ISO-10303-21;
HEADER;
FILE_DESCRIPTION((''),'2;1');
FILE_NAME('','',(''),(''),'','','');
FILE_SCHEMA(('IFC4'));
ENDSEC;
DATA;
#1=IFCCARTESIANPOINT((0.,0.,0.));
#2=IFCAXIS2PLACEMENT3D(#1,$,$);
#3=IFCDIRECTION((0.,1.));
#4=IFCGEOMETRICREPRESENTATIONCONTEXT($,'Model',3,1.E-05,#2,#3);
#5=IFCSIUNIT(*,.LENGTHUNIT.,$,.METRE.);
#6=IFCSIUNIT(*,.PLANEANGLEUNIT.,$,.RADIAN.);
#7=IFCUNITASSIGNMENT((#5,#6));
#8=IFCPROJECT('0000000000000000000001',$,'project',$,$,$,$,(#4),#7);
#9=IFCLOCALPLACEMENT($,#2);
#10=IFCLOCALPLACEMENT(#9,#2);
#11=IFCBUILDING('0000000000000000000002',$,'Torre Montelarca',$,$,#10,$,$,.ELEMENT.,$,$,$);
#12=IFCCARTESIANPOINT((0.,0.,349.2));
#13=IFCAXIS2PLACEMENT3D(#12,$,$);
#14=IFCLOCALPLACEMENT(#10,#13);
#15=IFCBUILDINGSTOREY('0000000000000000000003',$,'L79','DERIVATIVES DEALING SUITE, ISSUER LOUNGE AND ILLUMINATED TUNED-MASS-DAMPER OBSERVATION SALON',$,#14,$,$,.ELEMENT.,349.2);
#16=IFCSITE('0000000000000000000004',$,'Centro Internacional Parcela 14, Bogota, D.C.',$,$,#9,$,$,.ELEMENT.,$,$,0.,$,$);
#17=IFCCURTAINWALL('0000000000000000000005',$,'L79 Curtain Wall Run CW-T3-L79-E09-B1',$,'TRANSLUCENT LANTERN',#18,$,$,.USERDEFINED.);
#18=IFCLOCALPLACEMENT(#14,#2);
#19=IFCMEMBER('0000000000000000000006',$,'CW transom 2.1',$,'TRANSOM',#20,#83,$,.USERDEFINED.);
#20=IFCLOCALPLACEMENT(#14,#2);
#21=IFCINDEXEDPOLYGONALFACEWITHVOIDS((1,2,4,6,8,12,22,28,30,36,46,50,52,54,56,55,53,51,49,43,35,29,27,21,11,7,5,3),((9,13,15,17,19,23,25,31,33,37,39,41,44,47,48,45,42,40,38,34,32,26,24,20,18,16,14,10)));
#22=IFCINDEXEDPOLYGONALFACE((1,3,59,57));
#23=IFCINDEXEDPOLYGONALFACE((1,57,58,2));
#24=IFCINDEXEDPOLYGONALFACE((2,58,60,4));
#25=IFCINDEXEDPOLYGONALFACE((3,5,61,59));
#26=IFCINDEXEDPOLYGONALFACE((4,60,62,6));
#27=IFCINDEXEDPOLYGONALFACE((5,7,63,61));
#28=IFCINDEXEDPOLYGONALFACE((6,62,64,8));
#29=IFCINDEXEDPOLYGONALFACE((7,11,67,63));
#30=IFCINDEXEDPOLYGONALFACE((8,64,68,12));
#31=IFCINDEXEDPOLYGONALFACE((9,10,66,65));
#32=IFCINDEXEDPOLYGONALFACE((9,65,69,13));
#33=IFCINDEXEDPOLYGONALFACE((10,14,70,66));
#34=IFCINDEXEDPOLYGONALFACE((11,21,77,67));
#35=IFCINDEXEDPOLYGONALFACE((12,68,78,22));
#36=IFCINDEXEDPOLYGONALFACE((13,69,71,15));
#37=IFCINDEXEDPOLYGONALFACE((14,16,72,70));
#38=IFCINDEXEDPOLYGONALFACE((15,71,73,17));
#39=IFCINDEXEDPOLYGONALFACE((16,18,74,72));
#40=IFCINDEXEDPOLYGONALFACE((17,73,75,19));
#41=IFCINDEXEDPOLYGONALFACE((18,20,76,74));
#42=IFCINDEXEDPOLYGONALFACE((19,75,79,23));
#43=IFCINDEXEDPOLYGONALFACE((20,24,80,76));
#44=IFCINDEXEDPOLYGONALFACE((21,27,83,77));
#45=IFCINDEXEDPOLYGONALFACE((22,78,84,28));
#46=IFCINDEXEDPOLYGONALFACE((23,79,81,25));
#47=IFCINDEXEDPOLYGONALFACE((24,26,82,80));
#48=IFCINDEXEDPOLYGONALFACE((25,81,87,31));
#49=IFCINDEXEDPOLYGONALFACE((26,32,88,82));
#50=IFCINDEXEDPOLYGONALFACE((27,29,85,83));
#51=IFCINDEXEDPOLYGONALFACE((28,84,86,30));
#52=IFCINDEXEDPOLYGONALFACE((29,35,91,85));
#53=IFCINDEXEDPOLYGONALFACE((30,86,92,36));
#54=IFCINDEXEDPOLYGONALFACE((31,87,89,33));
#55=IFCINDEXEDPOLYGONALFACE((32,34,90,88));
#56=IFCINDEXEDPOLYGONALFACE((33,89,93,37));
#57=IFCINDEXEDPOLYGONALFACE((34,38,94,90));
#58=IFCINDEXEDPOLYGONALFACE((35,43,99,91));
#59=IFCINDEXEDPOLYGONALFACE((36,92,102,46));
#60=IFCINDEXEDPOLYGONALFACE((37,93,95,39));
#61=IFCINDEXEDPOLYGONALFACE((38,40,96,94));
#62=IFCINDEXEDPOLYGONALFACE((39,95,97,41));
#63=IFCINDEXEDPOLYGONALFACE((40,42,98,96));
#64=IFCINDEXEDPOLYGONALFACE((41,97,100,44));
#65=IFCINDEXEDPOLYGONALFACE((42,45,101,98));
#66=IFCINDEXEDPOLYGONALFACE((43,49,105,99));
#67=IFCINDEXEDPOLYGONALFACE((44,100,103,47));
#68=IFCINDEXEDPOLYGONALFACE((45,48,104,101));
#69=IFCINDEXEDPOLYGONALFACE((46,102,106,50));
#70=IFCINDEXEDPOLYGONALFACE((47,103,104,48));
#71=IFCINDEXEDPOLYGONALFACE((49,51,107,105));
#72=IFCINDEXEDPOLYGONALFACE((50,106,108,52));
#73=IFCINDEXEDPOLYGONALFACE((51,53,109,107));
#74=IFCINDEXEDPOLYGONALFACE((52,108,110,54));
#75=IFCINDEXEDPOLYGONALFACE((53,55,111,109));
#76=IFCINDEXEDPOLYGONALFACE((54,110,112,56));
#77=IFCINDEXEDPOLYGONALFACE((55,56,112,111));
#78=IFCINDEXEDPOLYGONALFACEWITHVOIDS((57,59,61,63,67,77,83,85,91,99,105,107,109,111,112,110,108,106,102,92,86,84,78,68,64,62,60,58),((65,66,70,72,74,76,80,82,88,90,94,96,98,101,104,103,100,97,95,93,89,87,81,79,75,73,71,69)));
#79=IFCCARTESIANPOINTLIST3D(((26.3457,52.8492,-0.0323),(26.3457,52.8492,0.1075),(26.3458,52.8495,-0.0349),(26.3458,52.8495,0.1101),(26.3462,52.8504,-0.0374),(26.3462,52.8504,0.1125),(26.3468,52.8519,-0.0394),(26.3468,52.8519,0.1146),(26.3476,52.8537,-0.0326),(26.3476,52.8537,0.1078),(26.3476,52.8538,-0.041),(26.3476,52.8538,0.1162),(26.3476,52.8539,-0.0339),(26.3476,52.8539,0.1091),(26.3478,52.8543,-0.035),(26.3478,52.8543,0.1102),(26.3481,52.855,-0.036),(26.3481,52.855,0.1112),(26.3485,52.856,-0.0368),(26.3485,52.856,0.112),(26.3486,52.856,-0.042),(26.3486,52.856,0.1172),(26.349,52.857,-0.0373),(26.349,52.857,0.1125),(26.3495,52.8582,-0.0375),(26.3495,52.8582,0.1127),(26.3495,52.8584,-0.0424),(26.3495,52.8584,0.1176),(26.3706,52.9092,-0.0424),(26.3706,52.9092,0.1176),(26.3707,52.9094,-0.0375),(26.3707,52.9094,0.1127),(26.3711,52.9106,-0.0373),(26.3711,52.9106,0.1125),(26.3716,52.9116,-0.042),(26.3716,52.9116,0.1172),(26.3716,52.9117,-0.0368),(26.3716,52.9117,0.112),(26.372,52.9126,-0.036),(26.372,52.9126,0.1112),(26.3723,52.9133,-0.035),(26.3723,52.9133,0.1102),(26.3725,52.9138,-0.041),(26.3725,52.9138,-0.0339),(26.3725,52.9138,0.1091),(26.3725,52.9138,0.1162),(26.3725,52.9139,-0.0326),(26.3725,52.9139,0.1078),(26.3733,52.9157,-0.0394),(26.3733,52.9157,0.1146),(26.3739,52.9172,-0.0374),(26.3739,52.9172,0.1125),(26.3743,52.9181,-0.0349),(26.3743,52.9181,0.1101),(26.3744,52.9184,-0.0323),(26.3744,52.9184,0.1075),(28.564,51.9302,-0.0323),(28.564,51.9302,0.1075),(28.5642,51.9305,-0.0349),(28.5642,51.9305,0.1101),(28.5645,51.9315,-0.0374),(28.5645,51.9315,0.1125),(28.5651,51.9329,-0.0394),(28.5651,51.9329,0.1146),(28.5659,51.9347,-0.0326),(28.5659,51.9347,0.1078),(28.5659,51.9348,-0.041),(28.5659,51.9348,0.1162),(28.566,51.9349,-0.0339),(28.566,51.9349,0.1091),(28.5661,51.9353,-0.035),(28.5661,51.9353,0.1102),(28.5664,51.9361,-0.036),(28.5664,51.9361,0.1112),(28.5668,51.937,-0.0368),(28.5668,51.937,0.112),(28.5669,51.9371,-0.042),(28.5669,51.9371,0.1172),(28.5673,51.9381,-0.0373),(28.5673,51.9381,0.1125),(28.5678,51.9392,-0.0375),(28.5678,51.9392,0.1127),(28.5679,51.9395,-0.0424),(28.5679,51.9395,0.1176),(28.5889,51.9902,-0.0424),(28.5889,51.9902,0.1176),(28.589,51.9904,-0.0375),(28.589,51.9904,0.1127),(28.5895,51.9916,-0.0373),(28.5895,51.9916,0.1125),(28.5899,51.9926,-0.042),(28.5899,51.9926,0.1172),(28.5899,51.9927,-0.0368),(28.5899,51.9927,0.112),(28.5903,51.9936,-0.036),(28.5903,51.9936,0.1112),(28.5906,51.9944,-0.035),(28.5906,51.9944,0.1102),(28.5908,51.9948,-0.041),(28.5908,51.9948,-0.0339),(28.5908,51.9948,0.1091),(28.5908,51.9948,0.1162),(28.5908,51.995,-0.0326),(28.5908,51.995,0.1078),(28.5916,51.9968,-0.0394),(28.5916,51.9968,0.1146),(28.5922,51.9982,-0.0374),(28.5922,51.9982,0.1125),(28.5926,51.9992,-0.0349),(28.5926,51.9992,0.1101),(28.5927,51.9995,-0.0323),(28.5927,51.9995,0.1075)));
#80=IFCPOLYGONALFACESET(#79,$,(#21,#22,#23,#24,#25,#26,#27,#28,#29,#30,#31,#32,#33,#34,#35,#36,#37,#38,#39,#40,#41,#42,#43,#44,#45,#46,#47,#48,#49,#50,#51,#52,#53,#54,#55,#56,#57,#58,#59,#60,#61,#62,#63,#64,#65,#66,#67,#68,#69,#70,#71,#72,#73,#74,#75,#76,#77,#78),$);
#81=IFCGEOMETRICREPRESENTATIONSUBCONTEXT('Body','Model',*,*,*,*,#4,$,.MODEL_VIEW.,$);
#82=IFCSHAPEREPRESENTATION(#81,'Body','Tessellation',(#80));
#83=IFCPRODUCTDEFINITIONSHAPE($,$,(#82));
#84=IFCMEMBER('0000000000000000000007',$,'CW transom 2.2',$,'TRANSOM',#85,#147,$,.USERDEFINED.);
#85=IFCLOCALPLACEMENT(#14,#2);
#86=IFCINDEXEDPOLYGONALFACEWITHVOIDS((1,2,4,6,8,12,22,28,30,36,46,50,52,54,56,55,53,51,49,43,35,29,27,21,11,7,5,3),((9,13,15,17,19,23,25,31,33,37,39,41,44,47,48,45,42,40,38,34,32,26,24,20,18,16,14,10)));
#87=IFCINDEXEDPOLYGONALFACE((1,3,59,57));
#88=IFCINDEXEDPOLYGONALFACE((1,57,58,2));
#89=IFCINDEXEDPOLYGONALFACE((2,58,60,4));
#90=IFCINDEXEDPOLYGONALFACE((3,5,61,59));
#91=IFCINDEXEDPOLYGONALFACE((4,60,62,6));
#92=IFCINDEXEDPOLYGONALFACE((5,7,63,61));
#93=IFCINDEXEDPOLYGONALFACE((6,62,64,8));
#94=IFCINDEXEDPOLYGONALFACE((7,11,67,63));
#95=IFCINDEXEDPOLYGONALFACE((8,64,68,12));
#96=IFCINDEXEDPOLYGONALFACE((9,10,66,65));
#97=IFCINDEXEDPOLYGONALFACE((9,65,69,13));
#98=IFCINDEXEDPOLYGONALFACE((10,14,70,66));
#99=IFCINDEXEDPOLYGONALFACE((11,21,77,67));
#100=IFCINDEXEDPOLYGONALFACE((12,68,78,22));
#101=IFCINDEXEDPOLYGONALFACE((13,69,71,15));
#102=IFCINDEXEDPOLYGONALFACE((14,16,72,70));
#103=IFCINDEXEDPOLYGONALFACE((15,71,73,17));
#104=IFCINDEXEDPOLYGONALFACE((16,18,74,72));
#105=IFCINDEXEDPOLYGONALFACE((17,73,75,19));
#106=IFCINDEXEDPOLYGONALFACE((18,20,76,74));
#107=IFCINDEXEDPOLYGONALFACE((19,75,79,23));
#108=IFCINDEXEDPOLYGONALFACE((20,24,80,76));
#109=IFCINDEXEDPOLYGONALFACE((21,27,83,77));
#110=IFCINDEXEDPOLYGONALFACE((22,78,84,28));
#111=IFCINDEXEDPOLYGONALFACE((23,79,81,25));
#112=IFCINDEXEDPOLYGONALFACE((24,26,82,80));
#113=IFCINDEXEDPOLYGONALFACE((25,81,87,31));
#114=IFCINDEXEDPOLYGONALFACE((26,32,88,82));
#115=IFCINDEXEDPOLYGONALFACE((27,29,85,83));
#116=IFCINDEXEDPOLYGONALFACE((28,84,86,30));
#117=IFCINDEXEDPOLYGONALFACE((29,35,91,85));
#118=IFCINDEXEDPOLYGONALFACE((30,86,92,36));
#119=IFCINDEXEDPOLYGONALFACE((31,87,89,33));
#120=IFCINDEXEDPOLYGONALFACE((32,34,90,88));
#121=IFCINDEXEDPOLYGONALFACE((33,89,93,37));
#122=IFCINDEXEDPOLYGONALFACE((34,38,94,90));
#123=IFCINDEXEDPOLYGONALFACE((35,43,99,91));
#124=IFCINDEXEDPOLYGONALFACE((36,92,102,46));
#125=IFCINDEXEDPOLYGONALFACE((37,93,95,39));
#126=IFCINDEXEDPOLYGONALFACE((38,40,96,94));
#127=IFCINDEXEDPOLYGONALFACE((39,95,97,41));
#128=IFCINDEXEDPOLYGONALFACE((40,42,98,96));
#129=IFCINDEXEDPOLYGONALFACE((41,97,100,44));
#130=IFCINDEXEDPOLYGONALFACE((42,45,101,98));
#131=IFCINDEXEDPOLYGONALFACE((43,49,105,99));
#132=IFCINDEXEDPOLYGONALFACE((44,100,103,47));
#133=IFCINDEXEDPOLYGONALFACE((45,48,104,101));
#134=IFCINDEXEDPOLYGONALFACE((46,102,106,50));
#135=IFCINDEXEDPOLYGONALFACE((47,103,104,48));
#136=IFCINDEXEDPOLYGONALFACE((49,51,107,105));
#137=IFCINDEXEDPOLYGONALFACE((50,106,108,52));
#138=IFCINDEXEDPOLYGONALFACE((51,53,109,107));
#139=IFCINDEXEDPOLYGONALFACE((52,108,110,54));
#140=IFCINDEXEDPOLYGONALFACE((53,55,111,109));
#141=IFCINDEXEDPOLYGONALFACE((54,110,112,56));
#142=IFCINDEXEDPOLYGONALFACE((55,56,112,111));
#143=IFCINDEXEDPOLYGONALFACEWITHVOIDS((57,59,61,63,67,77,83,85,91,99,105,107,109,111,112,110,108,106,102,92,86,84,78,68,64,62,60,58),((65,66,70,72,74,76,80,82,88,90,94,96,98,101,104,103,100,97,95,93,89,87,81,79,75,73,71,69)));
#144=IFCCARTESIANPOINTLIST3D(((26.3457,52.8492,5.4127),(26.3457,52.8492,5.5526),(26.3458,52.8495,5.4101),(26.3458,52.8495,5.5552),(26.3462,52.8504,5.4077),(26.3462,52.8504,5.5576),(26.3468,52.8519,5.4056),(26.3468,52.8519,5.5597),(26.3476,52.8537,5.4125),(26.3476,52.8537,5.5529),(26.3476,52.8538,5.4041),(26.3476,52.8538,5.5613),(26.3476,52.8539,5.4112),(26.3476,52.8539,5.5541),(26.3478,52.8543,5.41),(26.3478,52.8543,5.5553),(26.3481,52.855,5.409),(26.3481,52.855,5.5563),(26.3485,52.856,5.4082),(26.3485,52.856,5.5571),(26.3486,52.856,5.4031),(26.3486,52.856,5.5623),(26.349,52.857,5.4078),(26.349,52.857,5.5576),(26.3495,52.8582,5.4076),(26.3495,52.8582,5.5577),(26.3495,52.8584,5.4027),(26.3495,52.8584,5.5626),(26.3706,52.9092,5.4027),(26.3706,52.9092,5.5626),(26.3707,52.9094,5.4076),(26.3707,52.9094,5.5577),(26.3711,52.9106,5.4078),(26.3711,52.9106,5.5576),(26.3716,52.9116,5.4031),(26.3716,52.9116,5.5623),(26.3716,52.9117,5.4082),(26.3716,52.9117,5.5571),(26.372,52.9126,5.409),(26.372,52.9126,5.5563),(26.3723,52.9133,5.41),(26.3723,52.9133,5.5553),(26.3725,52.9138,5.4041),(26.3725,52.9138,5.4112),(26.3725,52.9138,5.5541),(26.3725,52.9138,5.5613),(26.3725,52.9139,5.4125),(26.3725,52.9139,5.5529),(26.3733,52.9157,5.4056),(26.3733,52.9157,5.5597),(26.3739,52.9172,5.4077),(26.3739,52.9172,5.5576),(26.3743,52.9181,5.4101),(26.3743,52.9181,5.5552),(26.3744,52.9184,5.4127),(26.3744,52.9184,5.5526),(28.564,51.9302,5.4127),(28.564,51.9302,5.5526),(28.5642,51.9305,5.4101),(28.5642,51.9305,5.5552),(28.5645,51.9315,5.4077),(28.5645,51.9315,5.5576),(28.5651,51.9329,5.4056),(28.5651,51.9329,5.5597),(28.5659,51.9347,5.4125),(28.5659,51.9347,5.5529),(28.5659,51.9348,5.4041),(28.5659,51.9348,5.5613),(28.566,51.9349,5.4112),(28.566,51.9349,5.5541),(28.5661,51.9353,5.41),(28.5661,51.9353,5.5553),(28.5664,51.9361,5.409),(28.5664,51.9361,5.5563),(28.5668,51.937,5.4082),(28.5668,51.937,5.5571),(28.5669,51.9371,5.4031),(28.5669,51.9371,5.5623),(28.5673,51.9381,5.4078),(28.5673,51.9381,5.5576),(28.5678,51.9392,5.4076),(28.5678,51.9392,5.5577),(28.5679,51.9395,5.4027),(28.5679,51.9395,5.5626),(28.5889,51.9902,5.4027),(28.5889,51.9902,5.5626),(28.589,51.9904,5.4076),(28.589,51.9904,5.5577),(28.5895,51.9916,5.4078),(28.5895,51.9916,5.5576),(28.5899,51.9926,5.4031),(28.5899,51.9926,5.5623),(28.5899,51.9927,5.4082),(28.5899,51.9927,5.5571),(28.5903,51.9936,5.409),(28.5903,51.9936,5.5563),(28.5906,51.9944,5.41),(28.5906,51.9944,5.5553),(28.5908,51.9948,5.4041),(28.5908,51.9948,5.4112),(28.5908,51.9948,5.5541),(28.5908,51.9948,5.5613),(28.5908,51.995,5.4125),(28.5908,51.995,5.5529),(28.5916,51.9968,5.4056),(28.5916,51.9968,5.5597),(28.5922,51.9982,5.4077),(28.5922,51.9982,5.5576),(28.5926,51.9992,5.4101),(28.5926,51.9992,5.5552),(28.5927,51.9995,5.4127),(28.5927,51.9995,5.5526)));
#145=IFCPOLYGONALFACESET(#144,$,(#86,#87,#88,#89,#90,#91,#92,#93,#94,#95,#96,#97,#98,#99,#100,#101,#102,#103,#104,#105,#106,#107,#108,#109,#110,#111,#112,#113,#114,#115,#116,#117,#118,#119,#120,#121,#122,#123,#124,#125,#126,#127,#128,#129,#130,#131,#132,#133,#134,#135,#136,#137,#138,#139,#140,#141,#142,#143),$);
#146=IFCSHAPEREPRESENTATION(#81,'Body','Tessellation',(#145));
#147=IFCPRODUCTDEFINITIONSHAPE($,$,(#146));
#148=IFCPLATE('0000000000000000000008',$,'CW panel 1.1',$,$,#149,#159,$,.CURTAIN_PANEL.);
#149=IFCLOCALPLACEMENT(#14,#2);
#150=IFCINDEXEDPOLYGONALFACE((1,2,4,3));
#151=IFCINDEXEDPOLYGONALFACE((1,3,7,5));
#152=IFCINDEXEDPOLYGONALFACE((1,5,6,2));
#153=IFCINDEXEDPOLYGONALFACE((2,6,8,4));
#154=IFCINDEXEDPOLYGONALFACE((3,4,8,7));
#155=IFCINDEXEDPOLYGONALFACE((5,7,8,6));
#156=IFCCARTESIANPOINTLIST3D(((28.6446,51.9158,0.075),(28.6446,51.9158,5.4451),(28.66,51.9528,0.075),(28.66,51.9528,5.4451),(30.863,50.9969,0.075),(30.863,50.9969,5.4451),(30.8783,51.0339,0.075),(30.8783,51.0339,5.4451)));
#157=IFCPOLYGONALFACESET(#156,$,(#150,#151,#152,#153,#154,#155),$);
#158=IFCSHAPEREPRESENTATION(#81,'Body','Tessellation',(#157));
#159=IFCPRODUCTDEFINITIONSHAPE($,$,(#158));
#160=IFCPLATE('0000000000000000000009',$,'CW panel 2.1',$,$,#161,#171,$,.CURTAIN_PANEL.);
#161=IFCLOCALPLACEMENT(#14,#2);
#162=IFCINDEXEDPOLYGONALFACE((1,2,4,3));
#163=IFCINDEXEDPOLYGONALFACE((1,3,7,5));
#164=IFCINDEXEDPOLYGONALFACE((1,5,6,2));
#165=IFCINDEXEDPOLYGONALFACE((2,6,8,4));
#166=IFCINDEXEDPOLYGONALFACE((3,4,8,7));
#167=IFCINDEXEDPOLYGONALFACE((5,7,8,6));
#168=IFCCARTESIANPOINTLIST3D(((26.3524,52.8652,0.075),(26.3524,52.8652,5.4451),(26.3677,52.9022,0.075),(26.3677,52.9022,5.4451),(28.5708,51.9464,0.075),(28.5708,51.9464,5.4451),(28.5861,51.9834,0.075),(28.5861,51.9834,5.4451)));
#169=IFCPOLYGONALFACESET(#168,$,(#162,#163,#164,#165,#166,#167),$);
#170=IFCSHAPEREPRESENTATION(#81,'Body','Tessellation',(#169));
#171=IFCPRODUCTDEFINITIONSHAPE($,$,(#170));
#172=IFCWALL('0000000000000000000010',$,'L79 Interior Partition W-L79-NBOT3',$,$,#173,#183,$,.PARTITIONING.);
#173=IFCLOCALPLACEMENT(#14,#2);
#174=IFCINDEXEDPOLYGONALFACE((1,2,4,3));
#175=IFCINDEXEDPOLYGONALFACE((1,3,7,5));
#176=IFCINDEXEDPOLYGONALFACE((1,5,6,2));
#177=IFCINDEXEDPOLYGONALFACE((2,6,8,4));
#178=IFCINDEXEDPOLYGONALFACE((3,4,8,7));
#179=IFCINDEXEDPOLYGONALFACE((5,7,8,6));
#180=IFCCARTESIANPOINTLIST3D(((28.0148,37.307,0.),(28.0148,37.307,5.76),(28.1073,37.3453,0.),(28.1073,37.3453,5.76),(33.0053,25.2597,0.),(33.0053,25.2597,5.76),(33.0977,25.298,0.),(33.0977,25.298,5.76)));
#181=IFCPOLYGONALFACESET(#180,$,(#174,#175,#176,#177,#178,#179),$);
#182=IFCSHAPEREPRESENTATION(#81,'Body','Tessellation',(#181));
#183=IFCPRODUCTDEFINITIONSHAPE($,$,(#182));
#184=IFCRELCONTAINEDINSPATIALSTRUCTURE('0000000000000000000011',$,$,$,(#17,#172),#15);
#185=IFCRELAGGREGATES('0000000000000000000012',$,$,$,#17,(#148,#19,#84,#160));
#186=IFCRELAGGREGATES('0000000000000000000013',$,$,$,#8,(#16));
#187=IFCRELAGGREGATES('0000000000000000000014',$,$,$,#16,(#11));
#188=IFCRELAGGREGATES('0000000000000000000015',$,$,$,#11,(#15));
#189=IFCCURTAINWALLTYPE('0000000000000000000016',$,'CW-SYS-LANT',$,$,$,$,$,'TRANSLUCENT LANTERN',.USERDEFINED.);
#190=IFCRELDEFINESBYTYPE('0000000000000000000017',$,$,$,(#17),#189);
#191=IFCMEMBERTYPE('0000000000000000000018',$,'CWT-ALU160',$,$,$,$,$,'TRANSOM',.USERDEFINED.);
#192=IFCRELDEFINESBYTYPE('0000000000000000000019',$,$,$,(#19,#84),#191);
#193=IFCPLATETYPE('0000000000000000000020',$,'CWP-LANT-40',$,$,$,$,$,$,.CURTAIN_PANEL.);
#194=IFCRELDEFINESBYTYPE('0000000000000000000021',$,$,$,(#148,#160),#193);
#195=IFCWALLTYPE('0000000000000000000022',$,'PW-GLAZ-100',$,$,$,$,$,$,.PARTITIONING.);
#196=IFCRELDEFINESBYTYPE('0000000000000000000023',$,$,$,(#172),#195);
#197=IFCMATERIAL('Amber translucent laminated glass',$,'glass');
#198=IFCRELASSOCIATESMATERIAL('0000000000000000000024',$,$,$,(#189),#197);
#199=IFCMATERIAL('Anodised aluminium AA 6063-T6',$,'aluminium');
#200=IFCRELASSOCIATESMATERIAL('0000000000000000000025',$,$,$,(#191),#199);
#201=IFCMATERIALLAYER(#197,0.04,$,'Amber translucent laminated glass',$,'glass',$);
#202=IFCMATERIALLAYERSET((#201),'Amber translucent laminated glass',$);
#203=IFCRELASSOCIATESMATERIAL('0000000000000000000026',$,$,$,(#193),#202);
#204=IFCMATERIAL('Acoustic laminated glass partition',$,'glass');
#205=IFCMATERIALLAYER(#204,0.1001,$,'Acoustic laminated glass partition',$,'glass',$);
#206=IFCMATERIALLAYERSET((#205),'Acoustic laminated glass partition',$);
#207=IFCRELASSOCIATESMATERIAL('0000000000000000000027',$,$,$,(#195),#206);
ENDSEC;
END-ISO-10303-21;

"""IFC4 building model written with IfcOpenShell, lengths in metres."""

from ifc_helpers import new_model, si_unit, direction, frame, frame_2d, origin, origin_2d, place, context, subcontext, project, spatial, rectangle, hollow_rectangle, extrude, source, transform, mapped, material, layer, layer_set, material_profile, profile_set, type_object, element, aggregate, save


model = new_model("IFC4")

# Units and contexts
model_context = context("Model", 3, precision=1e-05, world=origin(), true_north=direction((0.0, 1.0)))
body_context = subcontext(model_context, "Body", "Model", "MODEL_VIEW")
ifc_project = project(units=[si_unit("LENGTHUNIT", "METRE"), si_unit("PLANEANGLEUNIT", "RADIAN")], contexts=[model_context])

# Site, building, storey
site_placement = place(None, origin())
site = spatial("IfcSite", under=ifc_project, at=site_placement, Name="Centro Internacional Parcela 14, Bogota, D.C.", CompositionType="ELEMENT", RefElevation=0.0)
building_placement = place(site_placement, origin())
building = spatial("IfcBuilding", under=site, at=building_placement, Name="Torre Montelarca", CompositionType="ELEMENT")
storey_placement = place(building_placement, frame((0.0, 0.0, 349.2)))
storey = spatial("IfcBuildingStorey", under=building, at=storey_placement, Name="L79", Description="DERIVATIVES DEALING SUITE, ISSUER LOUNGE AND ILLUMINATED TUNED-MASS-DAMPER OBSERVATION SALON", CompositionType="ELEMENT", Elevation=349.2)

# Curtain wall, members, plates
ifc_material_1 = material(Name="Amber translucent laminated glass", Category="glass")
curtain_wall_type = type_object("IfcCurtainWallType", Name="CW-SYS-LANT", ElementType="TRANSLUCENT LANTERN", PredefinedType="USERDEFINED", material=ifc_material_1)
curtain_wall_placement = place(storey_placement, origin())
curtain_wall = element("IfcCurtainWall", 1, at=curtain_wall_placement, inside=storey, type_object=curtain_wall_type, Name="L79 Curtain Wall Run CW-T3-L79-E09-B1", ObjectType="TRANSLUCENT LANTERN", PredefinedType="USERDEFINED")
ifc_material_2 = material(Name="Anodised aluminium AA 6063-T6", Category="aluminium")
ifc_material_profile_1 = material_profile(ifc_material_2, hollow_rectangle(XDim=0.075, YDim=0.1599, WallThickness=0.0049, InnerFilletRadius=0.0049, OuterFilletRadius=0.01, at=origin_2d()), Name="ALU75X160X5", Category="aluminium")
ifc_profile_set_1 = profile_set([ifc_material_profile_1], Name="Anodised aluminium AA 6063-T6")
member_type_1 = type_object("IfcMemberType", Name="CWT-ALU160", ElementType="TRANSOM", PredefinedType="USERDEFINED", material=ifc_profile_set_1)
shared_shape_1 = source(origin(), body_context, "Body", "SweptSolid", [
    extrude(hollow_rectangle(XDim=0.075, YDim=0.1599, WallThickness=0.0049, InnerFilletRadius=0.0049, OuterFilletRadius=0.01, at=origin_2d()), origin(), (0.0, 0.0, 1.0), 2.4011),
])
member_1_placement = place(storey_placement, frame((28.5784, 51.9648, 0.0376), z_axis=(-0.923863, 0.382723, 0.0), x_axis=(-0.382723, -0.923863, 0.0)))
member_1 = element("IfcMember", 2, at=member_1_placement, type_object=member_type_1, Name="CW transom 2.1", ObjectType="TRANSOM", PredefinedType="USERDEFINED", context=body_context, shape_type="MappedRepresentation", body=[
    mapped(shared_shape_1, transform((0.0, 0.0, 0.0), scale=1.0)),
])
member_2_placement = place(storey_placement, frame((28.5784, 51.9648, 5.4827), z_axis=(-0.923863, 0.382723, 0.0), x_axis=(-0.382723, -0.923863, 0.0)))
member_2 = element("IfcMember", 3, at=member_2_placement, type_object=member_type_1, Name="CW transom 2.2", ObjectType="TRANSOM", PredefinedType="USERDEFINED", context=body_context, shape_type="MappedRepresentation", body=[
    mapped(shared_shape_1, transform((0.0, 0.0, 0.0), scale=1.0)),
])
ifc_layer_1 = layer(ifc_material_1, 0.04, Name="Amber translucent laminated glass", Category="glass")
ifc_layer_set_1 = layer_set([ifc_layer_1], Name="Amber translucent laminated glass")
plate_type = type_object("IfcPlateType", Name="CWP-LANT-40", PredefinedType="CURTAIN_PANEL", material=ifc_layer_set_1)
shared_shape_2 = source(origin(), body_context, "Body", "SweptSolid", [
    extrude(rectangle(XDim=2.4011, YDim=0.04, at=origin_2d()), origin(), (0.0, 0.0, 1.0), 5.3701),
])
plate_1_placement = place(storey_placement, frame((29.7615, 51.4749, 0.075), z_axis=(0.0, 0.0, 1.0), x_axis=(-0.923885, 0.382671, 0.0)))
plate_1 = element("IfcPlate", 4, at=plate_1_placement, type_object=plate_type, Name="CW panel 1.1", PredefinedType="CURTAIN_PANEL", context=body_context, shape_type="MappedRepresentation", body=[
    mapped(shared_shape_2, transform((0.0, 0.0, 0.0), scale=1.0)),
])
plate_2_placement = place(storey_placement, frame((27.4692, 52.4243, 0.075), z_axis=(0.0, 0.0, 1.0), x_axis=(-0.923885, 0.382671, 0.0)))
plate_2 = element("IfcPlate", 5, at=plate_2_placement, type_object=plate_type, Name="CW panel 2.1", PredefinedType="CURTAIN_PANEL", context=body_context, shape_type="MappedRepresentation", body=[
    mapped(shared_shape_2, transform((0.0, 0.0, 0.0), scale=1.0)),
])
aggregate(curtain_wall, [plate_1, member_1, member_2, plate_2])

# Wall
ifc_material_3 = material(Name="Acoustic laminated glass partition", Category="glass")
ifc_layer_2 = layer(ifc_material_3, 0.1001, Name="Acoustic laminated glass partition", Category="glass")
ifc_layer_set_2 = layer_set([ifc_layer_2], Name="Acoustic laminated glass partition")
wall_type_1 = type_object("IfcWallType", Name="PW-GLAZ-100", PredefinedType="PARTITIONING", material=ifc_layer_set_2)
wall_1_placement = place(storey_placement, frame((28.061, 37.3262, 0.0), z_axis=(0.0, 0.0, 1.0), x_axis=(0.382703, -0.923871, 0.0)))
element("IfcWall", 6, at=wall_1_placement, inside=storey, type_object=wall_type_1, Name="L79 Interior Partition W-L79-NBOT3", PredefinedType="PARTITIONING", context=body_context, shape_type="SweptSolid", body=[
    extrude(rectangle(XDim=13.04, YDim=0.1001, at=frame_2d((6.52, 0.0))), origin(), (0.0, 0.0, 1.0), 5.76),
])

save(model, "model.ifc")
